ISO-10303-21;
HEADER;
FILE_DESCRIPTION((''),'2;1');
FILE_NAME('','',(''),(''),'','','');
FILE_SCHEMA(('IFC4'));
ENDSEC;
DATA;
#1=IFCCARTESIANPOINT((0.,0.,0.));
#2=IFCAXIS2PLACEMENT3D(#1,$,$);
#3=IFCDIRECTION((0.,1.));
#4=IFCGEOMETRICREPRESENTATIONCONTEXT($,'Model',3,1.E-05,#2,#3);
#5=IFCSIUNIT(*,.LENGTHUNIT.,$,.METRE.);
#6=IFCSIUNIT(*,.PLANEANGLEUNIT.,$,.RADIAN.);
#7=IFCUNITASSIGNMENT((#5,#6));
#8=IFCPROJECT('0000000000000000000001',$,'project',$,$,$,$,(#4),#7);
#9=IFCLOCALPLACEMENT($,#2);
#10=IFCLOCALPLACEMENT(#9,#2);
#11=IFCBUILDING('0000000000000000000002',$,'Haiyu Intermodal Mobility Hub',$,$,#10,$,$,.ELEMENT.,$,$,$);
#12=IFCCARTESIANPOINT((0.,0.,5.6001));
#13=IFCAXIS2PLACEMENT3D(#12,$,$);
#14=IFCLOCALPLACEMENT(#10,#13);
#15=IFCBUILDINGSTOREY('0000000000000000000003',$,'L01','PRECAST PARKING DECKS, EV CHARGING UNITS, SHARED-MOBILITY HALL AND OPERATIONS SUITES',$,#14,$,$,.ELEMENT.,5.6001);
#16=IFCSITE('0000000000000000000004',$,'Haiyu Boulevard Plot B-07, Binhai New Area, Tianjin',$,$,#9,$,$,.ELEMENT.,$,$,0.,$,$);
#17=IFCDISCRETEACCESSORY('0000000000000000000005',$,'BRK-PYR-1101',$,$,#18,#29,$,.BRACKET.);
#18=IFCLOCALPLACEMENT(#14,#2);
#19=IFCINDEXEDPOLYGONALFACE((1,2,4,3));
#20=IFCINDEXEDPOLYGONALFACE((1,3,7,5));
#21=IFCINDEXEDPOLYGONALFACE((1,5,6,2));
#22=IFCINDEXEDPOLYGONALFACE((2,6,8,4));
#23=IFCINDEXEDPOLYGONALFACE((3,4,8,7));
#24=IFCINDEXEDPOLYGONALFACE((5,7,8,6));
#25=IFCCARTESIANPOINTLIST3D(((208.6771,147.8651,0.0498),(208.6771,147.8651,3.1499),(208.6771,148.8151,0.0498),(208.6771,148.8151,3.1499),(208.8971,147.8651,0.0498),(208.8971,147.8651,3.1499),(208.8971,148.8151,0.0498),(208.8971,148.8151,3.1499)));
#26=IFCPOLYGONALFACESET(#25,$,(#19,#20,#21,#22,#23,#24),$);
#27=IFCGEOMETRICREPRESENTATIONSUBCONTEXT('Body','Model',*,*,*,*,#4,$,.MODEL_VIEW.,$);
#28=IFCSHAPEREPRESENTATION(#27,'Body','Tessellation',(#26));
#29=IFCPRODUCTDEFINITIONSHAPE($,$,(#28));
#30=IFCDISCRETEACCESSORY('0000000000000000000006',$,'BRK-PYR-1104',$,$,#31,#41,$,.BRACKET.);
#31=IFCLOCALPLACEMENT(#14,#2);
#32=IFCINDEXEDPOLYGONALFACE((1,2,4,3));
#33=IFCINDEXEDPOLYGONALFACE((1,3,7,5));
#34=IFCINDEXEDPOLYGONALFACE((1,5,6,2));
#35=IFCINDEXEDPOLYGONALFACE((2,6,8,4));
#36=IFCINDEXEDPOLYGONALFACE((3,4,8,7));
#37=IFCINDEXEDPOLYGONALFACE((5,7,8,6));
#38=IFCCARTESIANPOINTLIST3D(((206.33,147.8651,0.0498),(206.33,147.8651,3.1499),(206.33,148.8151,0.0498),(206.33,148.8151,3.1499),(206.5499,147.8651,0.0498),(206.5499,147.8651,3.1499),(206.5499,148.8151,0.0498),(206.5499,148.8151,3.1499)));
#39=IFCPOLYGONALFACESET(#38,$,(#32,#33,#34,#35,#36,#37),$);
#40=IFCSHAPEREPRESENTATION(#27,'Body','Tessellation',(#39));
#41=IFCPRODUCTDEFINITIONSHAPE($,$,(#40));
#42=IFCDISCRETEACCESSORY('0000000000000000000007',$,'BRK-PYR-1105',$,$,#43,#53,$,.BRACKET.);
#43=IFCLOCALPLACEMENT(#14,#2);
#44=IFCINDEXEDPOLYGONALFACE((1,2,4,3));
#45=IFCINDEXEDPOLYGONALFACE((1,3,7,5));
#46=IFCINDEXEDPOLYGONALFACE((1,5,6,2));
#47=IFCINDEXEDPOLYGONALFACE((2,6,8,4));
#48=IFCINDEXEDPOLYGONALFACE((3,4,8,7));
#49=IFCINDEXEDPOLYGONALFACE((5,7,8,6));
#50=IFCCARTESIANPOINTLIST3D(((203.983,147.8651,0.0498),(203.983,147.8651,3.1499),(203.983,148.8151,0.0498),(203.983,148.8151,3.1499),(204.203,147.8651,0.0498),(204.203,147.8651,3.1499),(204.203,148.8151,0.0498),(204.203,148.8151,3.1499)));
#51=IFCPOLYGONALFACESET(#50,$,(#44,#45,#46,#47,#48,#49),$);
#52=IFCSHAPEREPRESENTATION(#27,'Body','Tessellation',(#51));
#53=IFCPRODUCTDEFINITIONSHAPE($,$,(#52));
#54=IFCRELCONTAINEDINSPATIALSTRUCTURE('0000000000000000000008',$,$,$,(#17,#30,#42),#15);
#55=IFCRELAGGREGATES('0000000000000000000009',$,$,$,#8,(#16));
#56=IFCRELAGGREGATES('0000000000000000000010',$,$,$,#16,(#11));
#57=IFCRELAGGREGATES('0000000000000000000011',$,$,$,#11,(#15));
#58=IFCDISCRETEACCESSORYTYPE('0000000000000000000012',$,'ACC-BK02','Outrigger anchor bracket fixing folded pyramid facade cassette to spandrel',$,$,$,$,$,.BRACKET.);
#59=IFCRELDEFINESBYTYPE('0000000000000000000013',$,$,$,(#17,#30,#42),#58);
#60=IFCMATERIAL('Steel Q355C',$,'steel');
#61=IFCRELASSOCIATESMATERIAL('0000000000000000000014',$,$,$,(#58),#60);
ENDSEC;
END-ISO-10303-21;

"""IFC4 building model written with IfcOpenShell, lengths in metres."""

from ifc_helpers import new_model, si_unit, direction, frame, origin, origin_2d, place, context, subcontext, project, spatial, rectangle, extrude, material, type_object, element, save


model = new_model("IFC4")

# Units and contexts
model_context = context("Model", 3, precision=1e-05, world=origin(), true_north=direction((0.0, 1.0)))
body_context = subcontext(model_context, "Body", "Model", "MODEL_VIEW")
ifc_project = project(units=[si_unit("LENGTHUNIT", "METRE"), si_unit("PLANEANGLEUNIT", "RADIAN")], contexts=[model_context])

# Site, building, storey
site_placement = place(None, origin())
site = spatial("IfcSite", under=ifc_project, at=site_placement, Name="Haiyu Boulevard Plot B-07, Binhai New Area, Tianjin", CompositionType="ELEMENT", RefElevation=0.0)
building_placement = place(site_placement, origin())
building = spatial("IfcBuilding", under=site, at=building_placement, Name="Haiyu Intermodal Mobility Hub", CompositionType="ELEMENT")
storey_placement = place(building_placement, frame((0.0, 0.0, 5.6001)))
storey = spatial("IfcBuildingStorey", under=building, at=storey_placement, Name="L01", Description="PRECAST PARKING DECKS, EV CHARGING UNITS, SHARED-MOBILITY HALL AND OPERATIONS SUITES", CompositionType="ELEMENT", Elevation=5.6001)

# Discrete accessories
ifc_material_1 = material(Name="Steel Q355C", Category="steel")
discrete_accessory_type = type_object("IfcDiscreteAccessoryType", Name="ACC-BK02", Description="Outrigger anchor bracket fixing folded pyramid facade cassette to spandrel", PredefinedType="BRACKET", material=ifc_material_1)
for number, where, z_axis, x_axis, name in (
    (1, (208.7871, 148.3401, 0.0498), (0.0, 0.0, 1.0), (1.0, 0.0, 0.0), "BRK-PYR-1101"),
    (2, (206.4399, 148.3401, 0.0498), (0.0, 0.0, 1.0), (1.0, 0.0, 0.0), "BRK-PYR-1104"),
    (3, (204.093, 148.3401, 0.0498), (0.0, 0.0, 1.0), (1.0, 0.0, 0.0), "BRK-PYR-1105"),
):
    element("IfcDiscreteAccessory", number, at=place(storey_placement, frame(where, z_axis=z_axis, x_axis=x_axis)), inside=storey, type_object=discrete_accessory_type, Name=name, PredefinedType="BRACKET", context=body_context, shape_type="SweptSolid", body=[
        extrude(rectangle(XDim=0.22, YDim=0.95, at=origin_2d()), origin(), (0.0, 0.0, 1.0), 3.1001),
    ])

save(model, "model.ifc")
